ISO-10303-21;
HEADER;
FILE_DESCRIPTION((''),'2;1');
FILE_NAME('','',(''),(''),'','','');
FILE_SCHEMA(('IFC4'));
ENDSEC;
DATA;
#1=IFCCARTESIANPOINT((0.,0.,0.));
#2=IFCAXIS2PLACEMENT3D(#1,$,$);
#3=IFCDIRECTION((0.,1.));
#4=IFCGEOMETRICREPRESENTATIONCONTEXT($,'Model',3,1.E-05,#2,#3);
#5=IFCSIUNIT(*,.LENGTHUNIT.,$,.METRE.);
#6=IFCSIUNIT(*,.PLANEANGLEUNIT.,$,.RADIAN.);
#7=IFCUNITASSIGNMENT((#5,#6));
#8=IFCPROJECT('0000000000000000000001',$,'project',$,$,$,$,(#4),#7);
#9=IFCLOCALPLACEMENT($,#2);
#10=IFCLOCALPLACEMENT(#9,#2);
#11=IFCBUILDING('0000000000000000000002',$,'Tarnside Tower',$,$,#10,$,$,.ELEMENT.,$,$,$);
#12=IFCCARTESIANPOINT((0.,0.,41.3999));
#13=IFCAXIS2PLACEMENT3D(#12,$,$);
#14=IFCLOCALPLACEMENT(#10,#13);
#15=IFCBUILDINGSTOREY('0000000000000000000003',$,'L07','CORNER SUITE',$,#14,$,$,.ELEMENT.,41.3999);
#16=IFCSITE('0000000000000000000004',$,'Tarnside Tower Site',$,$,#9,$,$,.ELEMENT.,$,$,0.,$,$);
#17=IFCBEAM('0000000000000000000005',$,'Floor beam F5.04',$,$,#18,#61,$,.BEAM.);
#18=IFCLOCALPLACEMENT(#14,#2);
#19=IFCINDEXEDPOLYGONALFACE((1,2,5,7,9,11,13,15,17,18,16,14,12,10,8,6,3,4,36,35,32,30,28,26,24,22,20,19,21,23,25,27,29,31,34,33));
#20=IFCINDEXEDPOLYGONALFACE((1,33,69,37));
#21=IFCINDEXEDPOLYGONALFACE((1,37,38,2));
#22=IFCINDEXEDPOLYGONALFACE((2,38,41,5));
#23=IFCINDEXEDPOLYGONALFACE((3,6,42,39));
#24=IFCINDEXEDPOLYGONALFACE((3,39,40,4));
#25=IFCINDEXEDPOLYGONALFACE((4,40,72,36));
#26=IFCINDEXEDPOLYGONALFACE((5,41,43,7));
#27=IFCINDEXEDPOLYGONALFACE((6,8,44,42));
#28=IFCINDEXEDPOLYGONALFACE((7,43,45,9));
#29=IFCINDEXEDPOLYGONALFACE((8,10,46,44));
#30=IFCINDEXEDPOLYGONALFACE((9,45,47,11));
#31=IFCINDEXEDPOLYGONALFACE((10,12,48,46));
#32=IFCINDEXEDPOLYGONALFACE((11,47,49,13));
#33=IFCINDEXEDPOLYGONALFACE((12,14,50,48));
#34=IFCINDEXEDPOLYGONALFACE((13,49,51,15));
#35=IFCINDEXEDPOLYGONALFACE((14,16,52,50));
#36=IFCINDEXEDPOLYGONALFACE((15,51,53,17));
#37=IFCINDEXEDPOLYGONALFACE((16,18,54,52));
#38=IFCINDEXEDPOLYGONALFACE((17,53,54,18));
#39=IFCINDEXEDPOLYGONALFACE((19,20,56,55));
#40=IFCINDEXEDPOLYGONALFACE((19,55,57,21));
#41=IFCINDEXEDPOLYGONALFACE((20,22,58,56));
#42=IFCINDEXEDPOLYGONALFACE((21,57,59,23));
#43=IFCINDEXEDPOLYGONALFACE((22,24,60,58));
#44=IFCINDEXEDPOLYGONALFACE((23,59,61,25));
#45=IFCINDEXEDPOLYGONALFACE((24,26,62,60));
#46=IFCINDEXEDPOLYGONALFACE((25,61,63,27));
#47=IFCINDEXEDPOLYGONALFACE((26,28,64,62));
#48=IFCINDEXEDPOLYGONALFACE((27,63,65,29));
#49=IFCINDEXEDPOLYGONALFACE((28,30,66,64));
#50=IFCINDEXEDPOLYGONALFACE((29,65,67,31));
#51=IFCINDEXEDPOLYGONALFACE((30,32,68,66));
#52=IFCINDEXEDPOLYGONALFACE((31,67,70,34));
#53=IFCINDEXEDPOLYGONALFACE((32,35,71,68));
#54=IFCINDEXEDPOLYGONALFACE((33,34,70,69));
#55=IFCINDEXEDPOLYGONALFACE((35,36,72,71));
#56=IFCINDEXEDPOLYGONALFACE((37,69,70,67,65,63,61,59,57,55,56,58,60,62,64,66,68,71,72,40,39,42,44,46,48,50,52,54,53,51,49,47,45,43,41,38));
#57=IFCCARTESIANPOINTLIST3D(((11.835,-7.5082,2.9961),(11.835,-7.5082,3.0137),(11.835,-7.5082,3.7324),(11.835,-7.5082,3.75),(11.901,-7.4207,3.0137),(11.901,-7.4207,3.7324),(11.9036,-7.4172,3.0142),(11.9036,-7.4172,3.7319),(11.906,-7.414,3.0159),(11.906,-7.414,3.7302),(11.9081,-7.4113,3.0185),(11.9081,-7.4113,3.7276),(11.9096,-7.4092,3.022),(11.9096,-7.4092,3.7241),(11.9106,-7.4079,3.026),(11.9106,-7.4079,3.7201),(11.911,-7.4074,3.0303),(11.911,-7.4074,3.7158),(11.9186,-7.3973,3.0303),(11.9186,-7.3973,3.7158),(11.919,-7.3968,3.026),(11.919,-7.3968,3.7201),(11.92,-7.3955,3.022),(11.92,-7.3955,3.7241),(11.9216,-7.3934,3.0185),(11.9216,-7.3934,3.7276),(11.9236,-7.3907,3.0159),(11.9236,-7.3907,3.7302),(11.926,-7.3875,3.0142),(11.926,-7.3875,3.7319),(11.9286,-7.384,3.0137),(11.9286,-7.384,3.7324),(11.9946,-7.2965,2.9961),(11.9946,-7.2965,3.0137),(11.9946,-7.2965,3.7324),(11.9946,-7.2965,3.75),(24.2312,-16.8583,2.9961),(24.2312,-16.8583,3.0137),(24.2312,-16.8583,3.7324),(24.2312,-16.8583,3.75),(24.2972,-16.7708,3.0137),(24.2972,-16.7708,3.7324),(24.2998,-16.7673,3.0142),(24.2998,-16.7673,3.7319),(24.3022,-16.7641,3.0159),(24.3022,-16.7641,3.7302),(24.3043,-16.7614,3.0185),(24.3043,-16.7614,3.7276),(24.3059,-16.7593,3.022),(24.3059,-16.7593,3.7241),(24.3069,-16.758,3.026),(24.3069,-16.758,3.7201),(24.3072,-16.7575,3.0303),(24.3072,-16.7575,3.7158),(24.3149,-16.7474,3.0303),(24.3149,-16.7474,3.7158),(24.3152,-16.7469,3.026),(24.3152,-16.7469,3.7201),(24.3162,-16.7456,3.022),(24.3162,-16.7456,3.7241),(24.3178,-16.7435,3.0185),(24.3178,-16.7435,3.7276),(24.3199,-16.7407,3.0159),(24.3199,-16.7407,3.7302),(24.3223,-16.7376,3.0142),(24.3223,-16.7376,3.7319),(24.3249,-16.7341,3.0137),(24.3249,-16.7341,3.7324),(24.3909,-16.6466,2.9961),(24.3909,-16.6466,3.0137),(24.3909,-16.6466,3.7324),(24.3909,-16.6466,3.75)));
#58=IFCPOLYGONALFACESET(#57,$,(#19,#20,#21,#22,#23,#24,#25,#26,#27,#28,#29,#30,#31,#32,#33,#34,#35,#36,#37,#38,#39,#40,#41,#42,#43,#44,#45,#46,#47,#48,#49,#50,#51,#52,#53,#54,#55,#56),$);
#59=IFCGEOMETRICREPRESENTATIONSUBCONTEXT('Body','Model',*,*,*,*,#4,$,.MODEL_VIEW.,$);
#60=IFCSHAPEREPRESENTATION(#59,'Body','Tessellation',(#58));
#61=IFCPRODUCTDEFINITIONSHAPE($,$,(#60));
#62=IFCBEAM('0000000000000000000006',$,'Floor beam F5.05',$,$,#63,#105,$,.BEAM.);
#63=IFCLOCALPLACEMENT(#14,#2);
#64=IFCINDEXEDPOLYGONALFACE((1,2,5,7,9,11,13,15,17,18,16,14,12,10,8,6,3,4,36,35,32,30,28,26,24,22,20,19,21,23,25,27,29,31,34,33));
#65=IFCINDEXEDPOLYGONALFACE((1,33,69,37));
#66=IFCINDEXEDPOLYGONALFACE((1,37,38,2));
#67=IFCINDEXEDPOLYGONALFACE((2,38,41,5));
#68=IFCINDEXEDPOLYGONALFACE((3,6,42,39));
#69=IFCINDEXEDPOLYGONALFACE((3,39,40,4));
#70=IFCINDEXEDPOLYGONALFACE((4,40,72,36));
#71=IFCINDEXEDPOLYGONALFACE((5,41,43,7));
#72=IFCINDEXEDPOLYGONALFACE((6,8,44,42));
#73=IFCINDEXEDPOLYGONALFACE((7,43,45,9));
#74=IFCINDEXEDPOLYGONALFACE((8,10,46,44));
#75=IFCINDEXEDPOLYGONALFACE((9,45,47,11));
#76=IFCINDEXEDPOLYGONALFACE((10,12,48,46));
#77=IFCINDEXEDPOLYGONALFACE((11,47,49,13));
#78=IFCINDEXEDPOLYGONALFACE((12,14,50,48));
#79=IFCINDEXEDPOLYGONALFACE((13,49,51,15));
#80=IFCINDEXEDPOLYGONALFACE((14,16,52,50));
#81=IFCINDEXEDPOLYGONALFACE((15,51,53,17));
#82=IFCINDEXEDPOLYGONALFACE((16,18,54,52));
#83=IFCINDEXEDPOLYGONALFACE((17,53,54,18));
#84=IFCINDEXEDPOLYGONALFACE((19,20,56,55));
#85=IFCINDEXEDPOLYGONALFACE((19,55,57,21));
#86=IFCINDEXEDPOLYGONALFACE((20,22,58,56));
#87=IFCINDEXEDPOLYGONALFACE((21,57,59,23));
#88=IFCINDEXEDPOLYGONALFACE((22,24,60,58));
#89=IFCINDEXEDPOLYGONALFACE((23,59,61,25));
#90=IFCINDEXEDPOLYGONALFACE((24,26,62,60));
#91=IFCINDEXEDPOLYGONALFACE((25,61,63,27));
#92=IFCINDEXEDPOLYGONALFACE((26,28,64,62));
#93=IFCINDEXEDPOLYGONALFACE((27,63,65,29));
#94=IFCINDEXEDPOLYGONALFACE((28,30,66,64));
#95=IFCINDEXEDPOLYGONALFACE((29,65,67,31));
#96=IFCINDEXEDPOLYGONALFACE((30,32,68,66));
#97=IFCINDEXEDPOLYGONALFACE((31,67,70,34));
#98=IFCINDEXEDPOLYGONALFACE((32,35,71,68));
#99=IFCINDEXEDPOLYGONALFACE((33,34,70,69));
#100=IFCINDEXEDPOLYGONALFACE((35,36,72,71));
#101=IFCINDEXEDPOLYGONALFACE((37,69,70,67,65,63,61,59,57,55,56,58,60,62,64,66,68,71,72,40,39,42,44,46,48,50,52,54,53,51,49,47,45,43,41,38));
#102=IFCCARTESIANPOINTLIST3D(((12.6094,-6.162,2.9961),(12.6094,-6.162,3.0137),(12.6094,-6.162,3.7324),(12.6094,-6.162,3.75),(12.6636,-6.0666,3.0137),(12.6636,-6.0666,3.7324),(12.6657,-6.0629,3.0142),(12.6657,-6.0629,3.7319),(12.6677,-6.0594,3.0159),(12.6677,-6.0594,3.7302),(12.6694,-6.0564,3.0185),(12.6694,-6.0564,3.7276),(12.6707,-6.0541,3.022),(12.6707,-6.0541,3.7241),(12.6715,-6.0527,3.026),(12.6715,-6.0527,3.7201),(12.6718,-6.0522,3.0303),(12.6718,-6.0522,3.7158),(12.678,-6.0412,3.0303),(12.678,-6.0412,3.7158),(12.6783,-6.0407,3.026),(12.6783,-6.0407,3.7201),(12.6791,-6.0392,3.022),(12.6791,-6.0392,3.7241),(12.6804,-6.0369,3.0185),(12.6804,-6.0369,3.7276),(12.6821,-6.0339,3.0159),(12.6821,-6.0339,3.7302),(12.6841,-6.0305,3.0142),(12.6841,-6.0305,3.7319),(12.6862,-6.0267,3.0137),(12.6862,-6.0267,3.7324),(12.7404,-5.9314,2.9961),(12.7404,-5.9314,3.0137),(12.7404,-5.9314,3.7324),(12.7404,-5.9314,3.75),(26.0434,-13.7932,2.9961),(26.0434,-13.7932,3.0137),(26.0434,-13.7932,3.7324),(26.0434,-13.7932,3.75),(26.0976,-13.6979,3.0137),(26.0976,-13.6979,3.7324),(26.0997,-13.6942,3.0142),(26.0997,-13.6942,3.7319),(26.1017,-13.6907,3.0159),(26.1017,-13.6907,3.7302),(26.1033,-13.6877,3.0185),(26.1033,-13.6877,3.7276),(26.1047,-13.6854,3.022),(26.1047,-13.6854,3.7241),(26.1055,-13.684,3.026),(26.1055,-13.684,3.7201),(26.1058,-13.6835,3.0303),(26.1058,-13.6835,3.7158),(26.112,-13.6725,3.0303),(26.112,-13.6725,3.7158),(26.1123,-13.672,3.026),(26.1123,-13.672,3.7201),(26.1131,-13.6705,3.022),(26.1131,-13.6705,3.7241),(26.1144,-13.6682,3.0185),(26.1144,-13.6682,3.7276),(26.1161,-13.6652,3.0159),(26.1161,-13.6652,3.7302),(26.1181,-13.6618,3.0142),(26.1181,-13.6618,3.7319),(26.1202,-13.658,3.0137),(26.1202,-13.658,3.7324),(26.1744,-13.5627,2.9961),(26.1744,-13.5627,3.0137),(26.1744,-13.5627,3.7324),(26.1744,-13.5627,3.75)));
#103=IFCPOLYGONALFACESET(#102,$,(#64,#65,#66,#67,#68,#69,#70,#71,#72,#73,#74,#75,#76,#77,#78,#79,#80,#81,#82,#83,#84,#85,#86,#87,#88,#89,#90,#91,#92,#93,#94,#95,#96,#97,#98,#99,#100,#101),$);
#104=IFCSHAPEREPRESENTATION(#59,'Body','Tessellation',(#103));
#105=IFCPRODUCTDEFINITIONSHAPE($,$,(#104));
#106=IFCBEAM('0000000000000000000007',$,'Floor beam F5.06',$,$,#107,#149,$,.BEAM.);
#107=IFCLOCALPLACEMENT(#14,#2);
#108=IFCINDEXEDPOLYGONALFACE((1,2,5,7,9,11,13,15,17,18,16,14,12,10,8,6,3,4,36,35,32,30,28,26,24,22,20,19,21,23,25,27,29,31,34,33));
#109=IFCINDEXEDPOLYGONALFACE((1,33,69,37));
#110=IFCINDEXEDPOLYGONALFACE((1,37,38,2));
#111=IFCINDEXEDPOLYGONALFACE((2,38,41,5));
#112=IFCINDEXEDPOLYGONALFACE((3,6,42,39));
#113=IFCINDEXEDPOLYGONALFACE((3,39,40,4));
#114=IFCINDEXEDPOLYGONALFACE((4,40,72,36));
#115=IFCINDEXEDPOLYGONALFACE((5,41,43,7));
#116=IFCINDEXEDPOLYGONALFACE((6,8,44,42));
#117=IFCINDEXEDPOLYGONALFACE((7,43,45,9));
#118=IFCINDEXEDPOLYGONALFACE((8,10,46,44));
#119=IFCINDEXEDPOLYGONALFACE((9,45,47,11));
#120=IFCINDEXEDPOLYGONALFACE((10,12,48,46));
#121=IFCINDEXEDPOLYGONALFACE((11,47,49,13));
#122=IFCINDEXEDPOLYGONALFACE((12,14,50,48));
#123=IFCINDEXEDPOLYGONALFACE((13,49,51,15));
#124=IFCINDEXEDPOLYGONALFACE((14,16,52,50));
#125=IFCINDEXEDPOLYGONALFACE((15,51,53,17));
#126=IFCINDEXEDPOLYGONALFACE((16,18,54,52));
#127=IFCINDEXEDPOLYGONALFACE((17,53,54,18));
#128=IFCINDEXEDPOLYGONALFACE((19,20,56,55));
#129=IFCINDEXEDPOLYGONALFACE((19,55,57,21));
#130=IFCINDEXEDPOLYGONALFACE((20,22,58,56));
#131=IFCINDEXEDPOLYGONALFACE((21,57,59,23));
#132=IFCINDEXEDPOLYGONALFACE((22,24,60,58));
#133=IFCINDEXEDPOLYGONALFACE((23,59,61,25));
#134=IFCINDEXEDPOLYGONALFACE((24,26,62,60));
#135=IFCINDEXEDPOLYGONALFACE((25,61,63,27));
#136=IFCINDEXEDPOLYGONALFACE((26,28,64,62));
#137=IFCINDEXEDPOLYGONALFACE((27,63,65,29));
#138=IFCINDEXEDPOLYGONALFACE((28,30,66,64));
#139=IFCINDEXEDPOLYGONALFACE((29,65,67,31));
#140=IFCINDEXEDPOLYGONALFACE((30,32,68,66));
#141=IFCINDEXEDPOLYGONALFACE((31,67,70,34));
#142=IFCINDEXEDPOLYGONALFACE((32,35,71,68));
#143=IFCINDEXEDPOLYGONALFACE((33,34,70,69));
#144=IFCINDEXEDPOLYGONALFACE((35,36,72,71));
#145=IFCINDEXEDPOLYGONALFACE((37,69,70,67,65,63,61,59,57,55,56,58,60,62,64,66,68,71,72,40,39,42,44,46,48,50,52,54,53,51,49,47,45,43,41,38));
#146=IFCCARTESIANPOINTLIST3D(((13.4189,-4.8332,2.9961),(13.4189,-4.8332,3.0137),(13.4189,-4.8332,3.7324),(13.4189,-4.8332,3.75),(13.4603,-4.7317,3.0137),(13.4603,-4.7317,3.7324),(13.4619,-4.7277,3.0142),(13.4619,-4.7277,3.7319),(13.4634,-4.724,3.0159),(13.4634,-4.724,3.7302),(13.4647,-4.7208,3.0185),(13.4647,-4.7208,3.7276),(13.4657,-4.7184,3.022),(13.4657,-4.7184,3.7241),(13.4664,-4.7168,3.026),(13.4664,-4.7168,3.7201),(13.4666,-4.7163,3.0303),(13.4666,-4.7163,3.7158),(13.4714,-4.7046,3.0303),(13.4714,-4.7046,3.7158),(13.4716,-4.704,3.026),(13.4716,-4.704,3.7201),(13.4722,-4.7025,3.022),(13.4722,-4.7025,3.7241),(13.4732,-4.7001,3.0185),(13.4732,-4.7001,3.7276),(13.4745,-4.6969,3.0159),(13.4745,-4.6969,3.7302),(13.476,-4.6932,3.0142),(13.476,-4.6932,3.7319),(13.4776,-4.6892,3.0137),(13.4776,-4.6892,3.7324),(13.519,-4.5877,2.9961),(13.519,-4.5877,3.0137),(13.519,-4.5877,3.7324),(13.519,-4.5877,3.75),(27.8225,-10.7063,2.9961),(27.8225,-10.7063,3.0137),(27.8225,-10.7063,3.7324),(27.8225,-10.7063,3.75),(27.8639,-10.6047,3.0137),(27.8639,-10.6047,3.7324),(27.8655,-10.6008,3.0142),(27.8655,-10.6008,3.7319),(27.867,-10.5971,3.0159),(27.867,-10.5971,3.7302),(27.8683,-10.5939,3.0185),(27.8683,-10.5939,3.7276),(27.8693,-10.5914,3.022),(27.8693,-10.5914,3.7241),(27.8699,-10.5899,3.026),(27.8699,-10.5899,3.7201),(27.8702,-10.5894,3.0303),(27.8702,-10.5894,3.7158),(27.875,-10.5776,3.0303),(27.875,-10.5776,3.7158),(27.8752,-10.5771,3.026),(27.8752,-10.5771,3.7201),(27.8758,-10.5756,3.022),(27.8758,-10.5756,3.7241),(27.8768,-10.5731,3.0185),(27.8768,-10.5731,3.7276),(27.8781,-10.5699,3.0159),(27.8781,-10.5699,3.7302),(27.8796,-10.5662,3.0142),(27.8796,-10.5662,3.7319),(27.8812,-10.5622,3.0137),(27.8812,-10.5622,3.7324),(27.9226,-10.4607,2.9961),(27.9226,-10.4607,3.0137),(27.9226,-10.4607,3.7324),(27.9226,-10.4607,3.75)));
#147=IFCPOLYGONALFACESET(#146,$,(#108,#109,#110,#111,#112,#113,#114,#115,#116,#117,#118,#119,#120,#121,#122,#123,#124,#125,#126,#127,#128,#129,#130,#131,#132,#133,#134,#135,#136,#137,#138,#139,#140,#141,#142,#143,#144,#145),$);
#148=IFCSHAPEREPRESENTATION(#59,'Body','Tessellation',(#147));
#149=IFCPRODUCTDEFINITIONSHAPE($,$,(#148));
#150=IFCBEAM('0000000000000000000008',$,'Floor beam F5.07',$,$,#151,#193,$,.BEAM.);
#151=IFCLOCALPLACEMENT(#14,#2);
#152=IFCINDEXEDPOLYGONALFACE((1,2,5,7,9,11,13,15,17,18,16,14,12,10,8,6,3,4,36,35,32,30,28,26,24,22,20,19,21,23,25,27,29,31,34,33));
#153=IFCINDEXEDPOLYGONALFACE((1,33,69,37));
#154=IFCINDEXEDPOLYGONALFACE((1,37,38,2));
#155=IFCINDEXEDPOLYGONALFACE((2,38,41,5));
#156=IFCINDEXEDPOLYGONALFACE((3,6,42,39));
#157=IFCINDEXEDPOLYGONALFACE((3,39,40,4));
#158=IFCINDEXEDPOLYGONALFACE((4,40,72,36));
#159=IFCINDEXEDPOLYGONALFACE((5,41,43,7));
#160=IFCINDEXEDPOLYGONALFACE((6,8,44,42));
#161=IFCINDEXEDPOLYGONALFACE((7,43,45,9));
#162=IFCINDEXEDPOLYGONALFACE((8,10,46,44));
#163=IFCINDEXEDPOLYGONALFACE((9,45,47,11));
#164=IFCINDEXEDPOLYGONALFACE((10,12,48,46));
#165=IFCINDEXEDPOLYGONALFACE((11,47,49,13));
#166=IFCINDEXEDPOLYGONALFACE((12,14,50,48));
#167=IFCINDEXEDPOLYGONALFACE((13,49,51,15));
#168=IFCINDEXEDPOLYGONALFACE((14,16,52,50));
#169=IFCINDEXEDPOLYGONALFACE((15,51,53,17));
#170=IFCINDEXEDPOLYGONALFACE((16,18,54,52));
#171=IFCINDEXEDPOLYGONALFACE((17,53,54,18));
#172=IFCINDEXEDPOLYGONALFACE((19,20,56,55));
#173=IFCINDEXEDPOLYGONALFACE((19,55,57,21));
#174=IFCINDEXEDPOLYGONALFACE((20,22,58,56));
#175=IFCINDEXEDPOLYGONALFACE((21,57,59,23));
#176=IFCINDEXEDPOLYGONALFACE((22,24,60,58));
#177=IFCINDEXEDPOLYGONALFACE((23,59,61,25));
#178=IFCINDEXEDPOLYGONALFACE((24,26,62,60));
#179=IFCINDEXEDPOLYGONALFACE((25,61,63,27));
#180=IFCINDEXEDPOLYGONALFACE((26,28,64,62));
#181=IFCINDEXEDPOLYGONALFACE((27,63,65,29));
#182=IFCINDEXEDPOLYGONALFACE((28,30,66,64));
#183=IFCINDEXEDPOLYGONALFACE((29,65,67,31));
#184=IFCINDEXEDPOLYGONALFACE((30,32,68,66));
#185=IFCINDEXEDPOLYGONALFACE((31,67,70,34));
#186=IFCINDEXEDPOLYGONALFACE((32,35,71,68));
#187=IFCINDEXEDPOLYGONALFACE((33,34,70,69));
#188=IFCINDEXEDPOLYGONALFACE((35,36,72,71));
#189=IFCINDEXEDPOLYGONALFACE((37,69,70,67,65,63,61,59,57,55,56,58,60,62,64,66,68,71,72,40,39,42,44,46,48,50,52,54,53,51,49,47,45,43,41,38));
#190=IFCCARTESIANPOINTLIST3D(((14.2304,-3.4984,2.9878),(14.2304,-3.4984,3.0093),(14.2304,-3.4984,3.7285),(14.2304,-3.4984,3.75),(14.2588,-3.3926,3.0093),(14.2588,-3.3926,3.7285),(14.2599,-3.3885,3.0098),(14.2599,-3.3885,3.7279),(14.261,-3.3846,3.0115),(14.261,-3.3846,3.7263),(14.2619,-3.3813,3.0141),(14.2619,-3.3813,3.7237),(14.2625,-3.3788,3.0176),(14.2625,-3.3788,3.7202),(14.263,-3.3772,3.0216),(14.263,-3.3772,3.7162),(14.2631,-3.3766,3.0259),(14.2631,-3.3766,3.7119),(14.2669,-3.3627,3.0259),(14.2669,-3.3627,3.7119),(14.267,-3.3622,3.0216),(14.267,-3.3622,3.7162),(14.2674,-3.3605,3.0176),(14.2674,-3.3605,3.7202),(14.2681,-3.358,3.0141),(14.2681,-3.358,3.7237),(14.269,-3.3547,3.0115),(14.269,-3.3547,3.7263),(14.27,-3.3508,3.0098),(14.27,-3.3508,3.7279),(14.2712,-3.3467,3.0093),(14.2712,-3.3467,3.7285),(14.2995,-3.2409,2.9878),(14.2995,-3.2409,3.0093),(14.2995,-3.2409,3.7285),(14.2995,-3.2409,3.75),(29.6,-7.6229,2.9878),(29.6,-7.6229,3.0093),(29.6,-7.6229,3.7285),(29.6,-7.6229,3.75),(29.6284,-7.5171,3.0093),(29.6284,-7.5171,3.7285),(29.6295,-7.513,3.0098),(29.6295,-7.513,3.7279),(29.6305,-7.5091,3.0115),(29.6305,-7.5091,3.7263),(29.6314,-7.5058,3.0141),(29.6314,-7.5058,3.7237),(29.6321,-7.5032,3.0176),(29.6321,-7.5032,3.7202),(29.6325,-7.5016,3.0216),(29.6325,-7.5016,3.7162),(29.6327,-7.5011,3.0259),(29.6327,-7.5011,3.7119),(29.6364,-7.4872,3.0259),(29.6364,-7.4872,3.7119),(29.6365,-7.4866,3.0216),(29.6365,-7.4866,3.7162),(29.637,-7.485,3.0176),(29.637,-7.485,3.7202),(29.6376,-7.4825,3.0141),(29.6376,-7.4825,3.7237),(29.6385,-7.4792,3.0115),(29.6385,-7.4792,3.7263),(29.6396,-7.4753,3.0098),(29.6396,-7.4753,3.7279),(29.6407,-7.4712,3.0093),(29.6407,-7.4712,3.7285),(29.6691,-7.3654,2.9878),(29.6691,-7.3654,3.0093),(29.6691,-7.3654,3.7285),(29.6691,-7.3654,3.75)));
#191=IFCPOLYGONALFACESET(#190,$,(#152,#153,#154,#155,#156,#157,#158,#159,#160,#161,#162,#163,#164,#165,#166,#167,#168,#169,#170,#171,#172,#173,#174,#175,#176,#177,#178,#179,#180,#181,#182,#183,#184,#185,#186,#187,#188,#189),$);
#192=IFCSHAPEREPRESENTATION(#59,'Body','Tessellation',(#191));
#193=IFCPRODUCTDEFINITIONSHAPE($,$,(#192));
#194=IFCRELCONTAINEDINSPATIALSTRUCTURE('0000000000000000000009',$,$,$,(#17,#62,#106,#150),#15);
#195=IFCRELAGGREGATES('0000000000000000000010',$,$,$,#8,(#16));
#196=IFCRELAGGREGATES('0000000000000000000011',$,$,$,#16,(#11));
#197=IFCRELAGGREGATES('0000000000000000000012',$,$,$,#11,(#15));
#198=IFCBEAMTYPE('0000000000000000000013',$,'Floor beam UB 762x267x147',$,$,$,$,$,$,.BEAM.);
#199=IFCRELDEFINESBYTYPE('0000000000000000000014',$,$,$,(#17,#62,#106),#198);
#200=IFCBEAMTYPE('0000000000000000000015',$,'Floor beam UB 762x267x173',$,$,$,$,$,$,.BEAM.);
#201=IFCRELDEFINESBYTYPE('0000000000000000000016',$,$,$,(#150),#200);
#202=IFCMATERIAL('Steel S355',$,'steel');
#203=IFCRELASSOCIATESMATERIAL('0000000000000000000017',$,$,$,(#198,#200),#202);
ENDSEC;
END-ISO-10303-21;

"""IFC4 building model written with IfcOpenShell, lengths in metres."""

from ifc_helpers import new_model, si_unit, direction, frame, origin, origin_2d, place, context, subcontext, project, spatial, i_section, extrude, material, material_profile, profile_set, type_object, element, save


model = new_model("IFC4")

# Units and contexts
model_context = context("Model", 3, precision=1e-05, world=origin(), true_north=direction((0.0, 1.0)))
body_context = subcontext(model_context, "Body", "Model", "MODEL_VIEW")
ifc_project = project(units=[si_unit("LENGTHUNIT", "METRE"), si_unit("PLANEANGLEUNIT", "RADIAN")], contexts=[model_context])

# Site, building, storey
site_placement = place(None, origin())
site = spatial("IfcSite", under=ifc_project, at=site_placement, Name="Tarnside Tower Site", CompositionType="ELEMENT", RefElevation=0.0)
building_placement = place(site_placement, origin())
building = spatial("IfcBuilding", under=site, at=building_placement, Name="Tarnside Tower", CompositionType="ELEMENT")
storey_placement = place(building_placement, frame((0.0, 0.0, 41.3999)))
storey = spatial("IfcBuildingStorey", under=building, at=storey_placement, Name="L07", Description="CORNER SUITE", CompositionType="ELEMENT", Elevation=41.3999)

# Beams
ifc_material_1 = material(Name="Steel S355", Category="steel")
ifc_material_profile_1 = material_profile(ifc_material_1, i_section(OverallWidth=0.2651, OverallDepth=0.7539, WebThickness=0.0127, FlangeThickness=0.0176, FilletRadius=0.0166, at=origin_2d()), Name="UB 762x267x147")
ifc_profile_set_1 = profile_set([ifc_material_profile_1], Name="Steel S355")
beam_type_1 = type_object("IfcBeamType", Name="Floor beam UB 762x267x147", PredefinedType="BEAM", material=ifc_profile_set_1)
beam_1_placement = place(storey_placement, frame((24.311, -16.7524, 3.373), z_axis=(-0.798361, 0.602179, 0.0), x_axis=(-0.602179, -0.798361, 0.0)))
element("IfcBeam", 1, at=beam_1_placement, inside=storey, type_object=beam_type_1, Name="Floor beam F5.04", PredefinedType="BEAM", context=body_context, shape_type="SweptSolid", body=[
    extrude(i_section(OverallWidth=0.2651, OverallDepth=0.7539, WebThickness=0.0127, FlangeThickness=0.0176, FilletRadius=0.0166, at=origin_2d()), origin(), (0.0, 0.0, 1.0), 15.5271),
])
beam_2_placement = place(storey_placement, frame((26.1089, -13.678, 3.373), z_axis=(-0.869503, 0.493929, 0.0), x_axis=(-0.493929, -0.869503, 0.0)))
element("IfcBeam", 2, at=beam_2_placement, inside=storey, type_object=beam_type_1, Name="Floor beam F5.05", PredefinedType="BEAM", context=body_context, shape_type="SweptSolid", body=[
    extrude(i_section(OverallWidth=0.2651, OverallDepth=0.7539, WebThickness=0.0127, FlangeThickness=0.0176, FilletRadius=0.0166, at=origin_2d()), origin(), (0.0, 0.0, 1.0), 15.4502),
])
beam_3_placement = place(storey_placement, frame((27.8726, -10.5835, 3.373), z_axis=(-0.925982, 0.377569, 0.0), x_axis=(-0.377569, -0.925982, 0.0)))
element("IfcBeam", 3, at=beam_3_placement, inside=storey, type_object=beam_type_1, Name="Floor beam F5.06", PredefinedType="BEAM", context=body_context, shape_type="SweptSolid", body=[
    extrude(i_section(OverallWidth=0.2651, OverallDepth=0.7539, WebThickness=0.0127, FlangeThickness=0.0176, FilletRadius=0.0166, at=origin_2d()), origin(), (0.0, 0.0, 1.0), 15.5549),
])
ifc_material_profile_2 = material_profile(ifc_material_1, i_section(OverallWidth=0.2666, OverallDepth=0.7622, WebThickness=0.0144, FlangeThickness=0.0215, FilletRadius=0.0166, at=origin_2d()), Name="UB 762x267x173")
ifc_profile_set_2 = profile_set([ifc_material_profile_2], Name="Steel S355")
beam_type_2 = type_object("IfcBeamType", Name="Floor beam UB 762x267x173", PredefinedType="BEAM", material=ifc_profile_set_2)
beam_4_placement = place(storey_placement, frame((29.6345, -7.4941, 3.3689), z_axis=(-0.965828, 0.259184, 0.0), x_axis=(-0.259184, -0.965828, 0.0)))
element("IfcBeam", 4, at=beam_4_placement, inside=storey, type_object=beam_type_2, Name="Floor beam F5.07", PredefinedType="BEAM", context=body_context, shape_type="SweptSolid", body=[
    extrude(i_section(OverallWidth=0.2666, OverallDepth=0.7622, WebThickness=0.0144, FlangeThickness=0.0215, FilletRadius=0.0166, at=origin_2d()), origin(), (0.0, 0.0, 1.0), 15.9133),
])

save(model, "model.ifc")
